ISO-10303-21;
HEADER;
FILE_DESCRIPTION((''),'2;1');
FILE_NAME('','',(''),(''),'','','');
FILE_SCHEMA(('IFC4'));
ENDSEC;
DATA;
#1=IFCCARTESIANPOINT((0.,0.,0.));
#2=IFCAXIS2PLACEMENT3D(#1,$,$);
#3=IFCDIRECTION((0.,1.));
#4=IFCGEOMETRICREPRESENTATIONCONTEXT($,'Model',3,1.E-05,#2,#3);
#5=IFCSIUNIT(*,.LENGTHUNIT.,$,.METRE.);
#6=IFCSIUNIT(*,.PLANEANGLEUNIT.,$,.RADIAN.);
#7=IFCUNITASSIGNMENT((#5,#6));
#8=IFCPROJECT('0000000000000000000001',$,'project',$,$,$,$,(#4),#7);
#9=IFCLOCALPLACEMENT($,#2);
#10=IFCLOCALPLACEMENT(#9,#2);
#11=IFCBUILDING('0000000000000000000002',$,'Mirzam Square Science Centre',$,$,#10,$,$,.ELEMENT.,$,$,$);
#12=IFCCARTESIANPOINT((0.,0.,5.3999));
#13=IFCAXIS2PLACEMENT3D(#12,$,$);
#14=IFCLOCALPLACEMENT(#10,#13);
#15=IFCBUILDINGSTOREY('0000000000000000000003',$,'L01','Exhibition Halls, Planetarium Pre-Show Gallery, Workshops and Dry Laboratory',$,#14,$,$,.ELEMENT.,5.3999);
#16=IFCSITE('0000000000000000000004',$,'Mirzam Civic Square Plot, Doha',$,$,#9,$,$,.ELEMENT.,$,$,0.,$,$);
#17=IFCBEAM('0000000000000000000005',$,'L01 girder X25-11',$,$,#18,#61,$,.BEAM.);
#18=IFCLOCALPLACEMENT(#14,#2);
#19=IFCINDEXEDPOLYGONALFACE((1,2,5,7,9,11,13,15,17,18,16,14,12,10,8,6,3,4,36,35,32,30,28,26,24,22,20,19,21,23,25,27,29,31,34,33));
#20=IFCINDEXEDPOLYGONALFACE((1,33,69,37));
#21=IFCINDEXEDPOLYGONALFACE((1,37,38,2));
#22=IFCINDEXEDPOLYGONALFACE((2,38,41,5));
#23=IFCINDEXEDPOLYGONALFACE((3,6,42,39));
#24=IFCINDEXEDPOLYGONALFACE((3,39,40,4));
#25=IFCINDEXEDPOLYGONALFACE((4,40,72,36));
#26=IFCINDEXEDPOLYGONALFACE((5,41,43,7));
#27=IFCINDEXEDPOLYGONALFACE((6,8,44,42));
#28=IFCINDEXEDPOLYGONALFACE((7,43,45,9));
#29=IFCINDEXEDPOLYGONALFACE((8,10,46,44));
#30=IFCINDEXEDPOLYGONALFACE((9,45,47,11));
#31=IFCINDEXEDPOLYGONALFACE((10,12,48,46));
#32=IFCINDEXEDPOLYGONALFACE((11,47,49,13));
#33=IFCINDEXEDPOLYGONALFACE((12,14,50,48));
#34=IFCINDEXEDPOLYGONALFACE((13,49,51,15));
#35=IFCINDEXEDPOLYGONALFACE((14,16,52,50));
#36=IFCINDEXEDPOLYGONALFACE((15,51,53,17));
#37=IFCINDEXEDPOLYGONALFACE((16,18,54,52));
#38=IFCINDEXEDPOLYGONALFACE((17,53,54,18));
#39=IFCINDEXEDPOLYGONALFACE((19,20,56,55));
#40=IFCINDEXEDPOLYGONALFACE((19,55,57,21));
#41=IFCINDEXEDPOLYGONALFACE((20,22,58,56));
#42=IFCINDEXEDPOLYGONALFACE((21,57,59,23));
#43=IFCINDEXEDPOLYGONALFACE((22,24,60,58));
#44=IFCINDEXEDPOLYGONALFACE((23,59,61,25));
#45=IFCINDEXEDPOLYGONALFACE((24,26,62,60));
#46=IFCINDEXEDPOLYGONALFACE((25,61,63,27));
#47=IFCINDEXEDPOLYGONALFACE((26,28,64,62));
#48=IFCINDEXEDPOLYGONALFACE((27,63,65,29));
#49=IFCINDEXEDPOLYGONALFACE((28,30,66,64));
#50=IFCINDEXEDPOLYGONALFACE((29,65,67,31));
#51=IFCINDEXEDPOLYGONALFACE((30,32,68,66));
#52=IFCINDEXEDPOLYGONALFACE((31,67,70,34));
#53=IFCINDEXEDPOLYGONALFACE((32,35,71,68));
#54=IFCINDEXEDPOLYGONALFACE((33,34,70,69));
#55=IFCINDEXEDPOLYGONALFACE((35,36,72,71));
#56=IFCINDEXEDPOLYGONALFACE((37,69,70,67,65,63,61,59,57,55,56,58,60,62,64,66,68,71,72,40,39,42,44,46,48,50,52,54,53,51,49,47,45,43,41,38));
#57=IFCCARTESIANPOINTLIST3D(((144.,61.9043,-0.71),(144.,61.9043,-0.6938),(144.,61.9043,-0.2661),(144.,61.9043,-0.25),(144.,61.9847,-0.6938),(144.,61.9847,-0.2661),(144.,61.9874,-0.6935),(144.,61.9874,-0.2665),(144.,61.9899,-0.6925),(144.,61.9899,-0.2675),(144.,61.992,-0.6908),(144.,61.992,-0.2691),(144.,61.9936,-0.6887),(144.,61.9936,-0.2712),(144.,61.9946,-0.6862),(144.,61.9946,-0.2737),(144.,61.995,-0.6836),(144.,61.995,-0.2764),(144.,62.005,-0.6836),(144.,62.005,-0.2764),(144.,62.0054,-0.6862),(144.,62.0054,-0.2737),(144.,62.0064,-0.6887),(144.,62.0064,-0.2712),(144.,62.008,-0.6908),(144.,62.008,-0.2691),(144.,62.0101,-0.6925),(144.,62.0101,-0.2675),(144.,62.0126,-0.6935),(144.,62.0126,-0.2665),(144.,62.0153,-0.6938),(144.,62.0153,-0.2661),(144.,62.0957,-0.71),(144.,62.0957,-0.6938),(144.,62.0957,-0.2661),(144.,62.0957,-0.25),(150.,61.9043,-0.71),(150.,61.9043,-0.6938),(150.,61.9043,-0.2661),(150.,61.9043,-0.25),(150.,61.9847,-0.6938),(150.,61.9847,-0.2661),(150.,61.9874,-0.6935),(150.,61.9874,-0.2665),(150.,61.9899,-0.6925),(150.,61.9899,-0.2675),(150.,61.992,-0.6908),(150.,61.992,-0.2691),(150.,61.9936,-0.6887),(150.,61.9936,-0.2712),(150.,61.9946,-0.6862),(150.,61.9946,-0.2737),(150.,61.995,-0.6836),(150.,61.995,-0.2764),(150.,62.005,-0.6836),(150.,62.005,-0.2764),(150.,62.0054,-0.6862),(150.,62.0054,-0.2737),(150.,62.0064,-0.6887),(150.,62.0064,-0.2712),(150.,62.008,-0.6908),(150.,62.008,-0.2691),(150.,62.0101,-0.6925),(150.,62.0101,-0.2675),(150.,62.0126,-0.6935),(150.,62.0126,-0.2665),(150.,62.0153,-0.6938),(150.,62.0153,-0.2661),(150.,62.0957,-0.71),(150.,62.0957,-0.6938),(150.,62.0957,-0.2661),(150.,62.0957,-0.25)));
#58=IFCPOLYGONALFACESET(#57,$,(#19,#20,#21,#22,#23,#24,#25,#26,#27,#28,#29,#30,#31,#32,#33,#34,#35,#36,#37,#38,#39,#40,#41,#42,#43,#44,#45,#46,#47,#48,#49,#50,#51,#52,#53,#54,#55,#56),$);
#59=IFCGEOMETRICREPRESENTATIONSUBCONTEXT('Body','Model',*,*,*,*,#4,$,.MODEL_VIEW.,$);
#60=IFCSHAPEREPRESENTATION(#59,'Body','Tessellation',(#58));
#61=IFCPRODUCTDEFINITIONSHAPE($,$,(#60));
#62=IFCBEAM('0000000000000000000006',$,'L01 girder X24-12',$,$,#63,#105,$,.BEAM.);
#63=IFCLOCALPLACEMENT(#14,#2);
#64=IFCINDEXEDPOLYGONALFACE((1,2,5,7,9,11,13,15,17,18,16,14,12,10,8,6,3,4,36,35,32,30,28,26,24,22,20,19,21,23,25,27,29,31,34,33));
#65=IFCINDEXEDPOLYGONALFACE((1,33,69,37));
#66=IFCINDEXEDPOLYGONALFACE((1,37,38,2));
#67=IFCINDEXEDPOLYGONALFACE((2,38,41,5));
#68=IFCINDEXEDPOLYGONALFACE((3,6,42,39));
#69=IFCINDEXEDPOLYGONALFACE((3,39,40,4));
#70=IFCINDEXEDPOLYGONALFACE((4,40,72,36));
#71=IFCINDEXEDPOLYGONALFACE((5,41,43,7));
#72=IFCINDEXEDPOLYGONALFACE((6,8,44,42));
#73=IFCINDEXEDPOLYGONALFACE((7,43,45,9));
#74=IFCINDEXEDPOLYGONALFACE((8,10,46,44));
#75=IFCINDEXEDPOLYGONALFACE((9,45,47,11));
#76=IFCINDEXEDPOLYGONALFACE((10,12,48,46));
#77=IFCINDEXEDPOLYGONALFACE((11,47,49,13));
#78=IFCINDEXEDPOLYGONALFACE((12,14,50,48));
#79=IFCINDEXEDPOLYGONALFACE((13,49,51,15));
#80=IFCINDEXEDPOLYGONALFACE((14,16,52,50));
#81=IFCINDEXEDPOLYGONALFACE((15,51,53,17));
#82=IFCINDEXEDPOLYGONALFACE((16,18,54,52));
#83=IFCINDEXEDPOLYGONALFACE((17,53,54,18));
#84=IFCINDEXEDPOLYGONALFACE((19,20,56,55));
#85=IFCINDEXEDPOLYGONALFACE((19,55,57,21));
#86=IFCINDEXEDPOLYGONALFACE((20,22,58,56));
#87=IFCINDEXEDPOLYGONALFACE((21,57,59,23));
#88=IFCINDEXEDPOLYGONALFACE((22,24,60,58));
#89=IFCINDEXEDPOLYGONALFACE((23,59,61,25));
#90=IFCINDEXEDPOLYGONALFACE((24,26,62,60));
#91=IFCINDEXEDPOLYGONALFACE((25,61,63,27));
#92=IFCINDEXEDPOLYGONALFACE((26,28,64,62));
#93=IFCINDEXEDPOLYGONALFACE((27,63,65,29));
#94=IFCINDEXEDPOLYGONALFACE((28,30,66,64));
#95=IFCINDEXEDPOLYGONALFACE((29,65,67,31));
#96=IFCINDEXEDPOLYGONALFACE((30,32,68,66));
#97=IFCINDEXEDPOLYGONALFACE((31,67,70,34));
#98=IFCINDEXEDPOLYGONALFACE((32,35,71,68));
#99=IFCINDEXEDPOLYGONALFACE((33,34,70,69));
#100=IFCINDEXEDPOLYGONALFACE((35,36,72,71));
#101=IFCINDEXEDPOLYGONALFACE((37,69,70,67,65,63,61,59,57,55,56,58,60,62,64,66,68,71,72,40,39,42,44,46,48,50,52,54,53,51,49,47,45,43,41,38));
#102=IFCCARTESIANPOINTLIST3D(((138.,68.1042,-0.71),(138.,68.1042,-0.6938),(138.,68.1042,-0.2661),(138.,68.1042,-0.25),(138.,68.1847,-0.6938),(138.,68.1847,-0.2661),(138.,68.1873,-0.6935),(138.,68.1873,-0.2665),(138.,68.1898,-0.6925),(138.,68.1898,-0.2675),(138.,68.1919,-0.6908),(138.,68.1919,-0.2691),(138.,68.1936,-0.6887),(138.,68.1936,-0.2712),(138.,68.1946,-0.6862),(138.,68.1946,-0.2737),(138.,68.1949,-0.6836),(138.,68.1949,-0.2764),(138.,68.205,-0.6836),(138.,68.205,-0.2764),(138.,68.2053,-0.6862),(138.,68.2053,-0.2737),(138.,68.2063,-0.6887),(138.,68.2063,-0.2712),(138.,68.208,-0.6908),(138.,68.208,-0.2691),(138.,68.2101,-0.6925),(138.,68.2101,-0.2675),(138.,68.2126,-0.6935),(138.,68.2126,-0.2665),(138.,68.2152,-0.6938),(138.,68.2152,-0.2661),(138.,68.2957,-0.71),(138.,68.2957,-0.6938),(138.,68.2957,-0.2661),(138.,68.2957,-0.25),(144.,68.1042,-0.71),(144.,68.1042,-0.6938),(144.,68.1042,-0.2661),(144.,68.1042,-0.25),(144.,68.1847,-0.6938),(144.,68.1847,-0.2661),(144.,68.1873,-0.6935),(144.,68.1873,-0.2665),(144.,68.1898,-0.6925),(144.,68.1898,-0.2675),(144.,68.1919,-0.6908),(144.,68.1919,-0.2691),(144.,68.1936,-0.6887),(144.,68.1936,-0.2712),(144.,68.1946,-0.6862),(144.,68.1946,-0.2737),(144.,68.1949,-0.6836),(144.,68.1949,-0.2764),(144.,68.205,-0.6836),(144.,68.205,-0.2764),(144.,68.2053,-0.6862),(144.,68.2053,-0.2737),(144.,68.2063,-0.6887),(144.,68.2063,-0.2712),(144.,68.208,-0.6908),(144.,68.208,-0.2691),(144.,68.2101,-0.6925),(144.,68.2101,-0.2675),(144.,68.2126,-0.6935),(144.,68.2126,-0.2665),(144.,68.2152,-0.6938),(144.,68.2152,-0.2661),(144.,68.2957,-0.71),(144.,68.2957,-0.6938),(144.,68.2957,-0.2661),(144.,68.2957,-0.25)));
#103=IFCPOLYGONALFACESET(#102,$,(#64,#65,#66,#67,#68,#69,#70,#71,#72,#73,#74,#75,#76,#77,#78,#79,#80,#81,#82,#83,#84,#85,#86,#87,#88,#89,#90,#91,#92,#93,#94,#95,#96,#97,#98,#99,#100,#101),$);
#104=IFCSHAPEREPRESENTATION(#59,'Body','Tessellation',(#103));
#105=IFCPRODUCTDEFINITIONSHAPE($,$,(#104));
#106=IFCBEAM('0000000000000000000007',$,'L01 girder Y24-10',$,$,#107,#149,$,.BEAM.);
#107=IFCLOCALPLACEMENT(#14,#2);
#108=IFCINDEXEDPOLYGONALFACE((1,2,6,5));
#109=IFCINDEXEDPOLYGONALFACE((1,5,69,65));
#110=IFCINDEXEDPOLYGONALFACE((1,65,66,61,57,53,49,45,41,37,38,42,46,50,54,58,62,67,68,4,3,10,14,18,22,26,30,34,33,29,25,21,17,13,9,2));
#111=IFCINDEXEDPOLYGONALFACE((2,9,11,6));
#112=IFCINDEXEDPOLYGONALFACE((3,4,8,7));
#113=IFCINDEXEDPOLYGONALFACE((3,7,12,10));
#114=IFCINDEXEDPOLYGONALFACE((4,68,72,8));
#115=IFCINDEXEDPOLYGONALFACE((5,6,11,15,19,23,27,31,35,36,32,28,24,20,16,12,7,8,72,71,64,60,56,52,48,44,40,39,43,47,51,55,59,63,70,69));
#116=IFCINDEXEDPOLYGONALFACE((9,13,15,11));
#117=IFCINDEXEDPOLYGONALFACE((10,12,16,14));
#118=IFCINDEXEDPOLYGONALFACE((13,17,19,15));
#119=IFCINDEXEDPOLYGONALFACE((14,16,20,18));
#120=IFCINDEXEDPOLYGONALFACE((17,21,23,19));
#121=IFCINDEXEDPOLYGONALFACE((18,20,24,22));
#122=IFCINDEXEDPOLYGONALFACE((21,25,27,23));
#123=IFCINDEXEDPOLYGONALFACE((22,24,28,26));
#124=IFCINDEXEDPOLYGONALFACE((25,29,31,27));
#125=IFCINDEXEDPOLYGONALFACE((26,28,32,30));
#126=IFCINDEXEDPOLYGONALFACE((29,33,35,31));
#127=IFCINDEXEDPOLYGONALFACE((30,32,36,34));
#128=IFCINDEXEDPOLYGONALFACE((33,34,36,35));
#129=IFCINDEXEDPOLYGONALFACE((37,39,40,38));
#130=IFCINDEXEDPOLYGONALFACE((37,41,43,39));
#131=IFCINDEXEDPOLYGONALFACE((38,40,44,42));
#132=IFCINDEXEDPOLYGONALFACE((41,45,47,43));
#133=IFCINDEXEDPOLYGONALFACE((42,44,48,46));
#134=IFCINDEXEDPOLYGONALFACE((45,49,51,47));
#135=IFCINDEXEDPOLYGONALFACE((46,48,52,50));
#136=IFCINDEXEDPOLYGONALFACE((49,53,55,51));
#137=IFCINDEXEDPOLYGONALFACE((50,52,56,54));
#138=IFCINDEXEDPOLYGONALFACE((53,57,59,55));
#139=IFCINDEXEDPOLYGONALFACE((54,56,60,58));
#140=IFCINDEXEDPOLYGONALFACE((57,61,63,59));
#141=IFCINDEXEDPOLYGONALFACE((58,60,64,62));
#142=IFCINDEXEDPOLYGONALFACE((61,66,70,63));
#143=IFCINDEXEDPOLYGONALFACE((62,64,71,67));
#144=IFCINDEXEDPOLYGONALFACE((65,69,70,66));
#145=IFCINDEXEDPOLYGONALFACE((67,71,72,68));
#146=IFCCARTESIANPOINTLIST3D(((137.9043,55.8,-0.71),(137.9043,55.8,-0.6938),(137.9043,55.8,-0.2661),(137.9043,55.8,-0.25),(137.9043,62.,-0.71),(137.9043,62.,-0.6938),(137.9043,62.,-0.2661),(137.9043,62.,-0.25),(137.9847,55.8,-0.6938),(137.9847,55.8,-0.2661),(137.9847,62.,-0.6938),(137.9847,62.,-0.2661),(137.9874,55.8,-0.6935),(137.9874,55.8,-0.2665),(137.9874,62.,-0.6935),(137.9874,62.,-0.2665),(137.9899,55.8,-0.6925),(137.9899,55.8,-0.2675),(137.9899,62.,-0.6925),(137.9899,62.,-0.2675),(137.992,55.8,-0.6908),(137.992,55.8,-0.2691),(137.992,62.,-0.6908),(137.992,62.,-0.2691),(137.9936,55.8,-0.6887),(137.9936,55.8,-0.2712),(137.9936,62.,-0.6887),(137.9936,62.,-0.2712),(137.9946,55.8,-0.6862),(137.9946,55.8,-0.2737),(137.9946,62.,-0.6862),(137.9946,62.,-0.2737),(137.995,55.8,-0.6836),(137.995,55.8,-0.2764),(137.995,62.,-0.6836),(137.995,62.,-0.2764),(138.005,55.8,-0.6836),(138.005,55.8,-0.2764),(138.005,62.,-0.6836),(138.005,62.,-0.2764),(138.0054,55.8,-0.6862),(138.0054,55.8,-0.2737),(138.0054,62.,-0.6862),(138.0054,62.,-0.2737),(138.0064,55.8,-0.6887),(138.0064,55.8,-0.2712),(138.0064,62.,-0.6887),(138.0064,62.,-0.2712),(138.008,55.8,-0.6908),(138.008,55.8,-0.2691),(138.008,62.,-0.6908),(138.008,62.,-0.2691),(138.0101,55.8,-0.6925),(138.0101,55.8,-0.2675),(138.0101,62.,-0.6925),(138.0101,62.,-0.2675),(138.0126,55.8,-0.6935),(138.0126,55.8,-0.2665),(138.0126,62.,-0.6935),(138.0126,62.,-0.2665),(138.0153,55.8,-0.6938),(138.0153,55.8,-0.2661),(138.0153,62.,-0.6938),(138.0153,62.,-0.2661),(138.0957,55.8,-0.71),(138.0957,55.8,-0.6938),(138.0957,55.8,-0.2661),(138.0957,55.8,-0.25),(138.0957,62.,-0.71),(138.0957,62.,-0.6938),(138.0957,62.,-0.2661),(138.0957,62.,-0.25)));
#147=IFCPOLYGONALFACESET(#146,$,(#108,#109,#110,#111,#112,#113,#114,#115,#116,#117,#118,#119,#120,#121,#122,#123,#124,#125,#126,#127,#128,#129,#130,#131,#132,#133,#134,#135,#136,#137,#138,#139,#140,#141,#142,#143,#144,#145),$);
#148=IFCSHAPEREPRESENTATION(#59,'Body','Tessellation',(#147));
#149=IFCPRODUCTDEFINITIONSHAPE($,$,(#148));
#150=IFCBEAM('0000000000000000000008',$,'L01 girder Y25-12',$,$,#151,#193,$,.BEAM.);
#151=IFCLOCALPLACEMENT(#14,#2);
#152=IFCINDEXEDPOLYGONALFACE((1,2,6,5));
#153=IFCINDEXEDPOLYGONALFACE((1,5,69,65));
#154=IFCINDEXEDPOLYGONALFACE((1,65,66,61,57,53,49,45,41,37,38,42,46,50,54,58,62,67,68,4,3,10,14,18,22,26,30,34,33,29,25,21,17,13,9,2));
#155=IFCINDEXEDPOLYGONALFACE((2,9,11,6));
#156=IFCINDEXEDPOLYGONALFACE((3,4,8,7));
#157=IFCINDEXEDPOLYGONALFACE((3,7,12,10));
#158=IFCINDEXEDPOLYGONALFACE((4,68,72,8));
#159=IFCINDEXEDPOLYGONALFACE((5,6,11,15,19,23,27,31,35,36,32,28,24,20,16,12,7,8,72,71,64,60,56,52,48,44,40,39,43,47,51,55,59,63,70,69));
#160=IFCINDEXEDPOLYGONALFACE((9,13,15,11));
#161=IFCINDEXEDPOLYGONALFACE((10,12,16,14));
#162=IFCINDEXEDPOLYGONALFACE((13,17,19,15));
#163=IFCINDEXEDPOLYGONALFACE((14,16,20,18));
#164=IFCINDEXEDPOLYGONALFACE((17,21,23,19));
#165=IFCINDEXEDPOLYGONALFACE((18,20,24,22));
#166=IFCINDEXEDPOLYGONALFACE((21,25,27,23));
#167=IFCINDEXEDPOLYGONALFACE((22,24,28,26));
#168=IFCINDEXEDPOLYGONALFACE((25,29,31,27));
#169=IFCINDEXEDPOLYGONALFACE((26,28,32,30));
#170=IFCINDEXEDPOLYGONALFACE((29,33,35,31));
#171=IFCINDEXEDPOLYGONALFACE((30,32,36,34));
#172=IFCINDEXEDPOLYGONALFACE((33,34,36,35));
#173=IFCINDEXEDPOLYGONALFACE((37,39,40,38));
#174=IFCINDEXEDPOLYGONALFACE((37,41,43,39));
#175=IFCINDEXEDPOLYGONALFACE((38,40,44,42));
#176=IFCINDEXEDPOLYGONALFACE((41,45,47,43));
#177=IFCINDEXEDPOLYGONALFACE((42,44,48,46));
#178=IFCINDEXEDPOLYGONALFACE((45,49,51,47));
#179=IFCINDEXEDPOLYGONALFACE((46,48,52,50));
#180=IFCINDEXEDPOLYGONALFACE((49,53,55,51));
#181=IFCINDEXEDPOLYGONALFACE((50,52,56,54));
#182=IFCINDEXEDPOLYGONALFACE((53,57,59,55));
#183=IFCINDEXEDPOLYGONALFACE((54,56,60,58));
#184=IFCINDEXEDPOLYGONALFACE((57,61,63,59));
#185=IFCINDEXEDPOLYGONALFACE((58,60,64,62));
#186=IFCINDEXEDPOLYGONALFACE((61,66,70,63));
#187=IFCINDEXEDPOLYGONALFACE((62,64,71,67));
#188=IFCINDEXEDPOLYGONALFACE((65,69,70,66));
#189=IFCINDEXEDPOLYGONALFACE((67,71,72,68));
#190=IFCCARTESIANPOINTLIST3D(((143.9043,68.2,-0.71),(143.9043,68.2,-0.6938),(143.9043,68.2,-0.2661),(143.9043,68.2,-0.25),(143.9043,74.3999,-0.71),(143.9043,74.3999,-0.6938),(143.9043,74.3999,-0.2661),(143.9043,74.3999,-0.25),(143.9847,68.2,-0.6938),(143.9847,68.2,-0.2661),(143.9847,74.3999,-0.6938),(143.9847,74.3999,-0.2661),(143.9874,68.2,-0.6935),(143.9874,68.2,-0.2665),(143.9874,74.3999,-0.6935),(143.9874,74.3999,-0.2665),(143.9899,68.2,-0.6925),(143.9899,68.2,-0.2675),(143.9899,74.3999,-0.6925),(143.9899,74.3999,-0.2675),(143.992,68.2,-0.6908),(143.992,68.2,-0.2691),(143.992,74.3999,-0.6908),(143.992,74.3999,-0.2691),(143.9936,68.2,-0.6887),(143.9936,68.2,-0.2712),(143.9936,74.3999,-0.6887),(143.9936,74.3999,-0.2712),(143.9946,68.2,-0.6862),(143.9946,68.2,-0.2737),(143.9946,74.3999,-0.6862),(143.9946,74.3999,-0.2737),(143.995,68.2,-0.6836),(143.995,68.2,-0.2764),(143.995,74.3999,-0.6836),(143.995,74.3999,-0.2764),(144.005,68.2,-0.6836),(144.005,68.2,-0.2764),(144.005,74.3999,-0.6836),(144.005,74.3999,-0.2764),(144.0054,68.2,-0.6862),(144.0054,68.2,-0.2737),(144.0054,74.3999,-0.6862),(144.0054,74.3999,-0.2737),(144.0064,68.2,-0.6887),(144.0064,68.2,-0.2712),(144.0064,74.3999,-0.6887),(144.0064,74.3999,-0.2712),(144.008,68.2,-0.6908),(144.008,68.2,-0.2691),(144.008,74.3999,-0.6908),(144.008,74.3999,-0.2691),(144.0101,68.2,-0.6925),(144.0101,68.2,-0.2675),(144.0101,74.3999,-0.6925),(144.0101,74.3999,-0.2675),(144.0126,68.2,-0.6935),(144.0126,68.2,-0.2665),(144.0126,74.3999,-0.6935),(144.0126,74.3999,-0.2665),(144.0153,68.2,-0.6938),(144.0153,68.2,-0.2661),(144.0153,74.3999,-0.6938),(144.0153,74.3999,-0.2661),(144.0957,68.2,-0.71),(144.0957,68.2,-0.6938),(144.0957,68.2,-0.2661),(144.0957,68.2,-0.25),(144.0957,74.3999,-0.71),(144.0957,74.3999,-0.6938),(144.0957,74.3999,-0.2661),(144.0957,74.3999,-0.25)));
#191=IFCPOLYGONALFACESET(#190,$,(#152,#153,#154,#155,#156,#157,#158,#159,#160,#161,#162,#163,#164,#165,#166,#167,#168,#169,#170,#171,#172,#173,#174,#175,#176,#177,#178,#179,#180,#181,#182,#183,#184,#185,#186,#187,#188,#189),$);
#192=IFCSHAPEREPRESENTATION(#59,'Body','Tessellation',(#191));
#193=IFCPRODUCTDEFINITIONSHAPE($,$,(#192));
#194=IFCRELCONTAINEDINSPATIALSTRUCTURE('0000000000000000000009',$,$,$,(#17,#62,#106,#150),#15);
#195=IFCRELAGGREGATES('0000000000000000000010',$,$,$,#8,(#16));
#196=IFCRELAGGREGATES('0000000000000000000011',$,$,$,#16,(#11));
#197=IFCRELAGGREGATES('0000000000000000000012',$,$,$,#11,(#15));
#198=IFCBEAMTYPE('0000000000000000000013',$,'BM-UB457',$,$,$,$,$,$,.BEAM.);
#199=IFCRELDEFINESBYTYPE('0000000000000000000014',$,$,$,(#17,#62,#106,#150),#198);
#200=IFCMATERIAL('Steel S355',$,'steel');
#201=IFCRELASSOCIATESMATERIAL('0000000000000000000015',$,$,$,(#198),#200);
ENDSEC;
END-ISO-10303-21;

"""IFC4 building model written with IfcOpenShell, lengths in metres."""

from ifc_helpers import new_model, si_unit, direction, frame, origin, origin_2d, place, context, subcontext, project, spatial, i_section, extrude, material, material_profile, profile_set, type_object, element, save


model = new_model("IFC4")

# Units and contexts
model_context = context("Model", 3, precision=1e-05, world=origin(), true_north=direction((0.0, 1.0)))
body_context = subcontext(model_context, "Body", "Model", "MODEL_VIEW")
ifc_project = project(units=[si_unit("LENGTHUNIT", "METRE"), si_unit("PLANEANGLEUNIT", "RADIAN")], contexts=[model_context])

# Site, building, storey
site_placement = place(None, origin())
site = spatial("IfcSite", under=ifc_project, at=site_placement, Name="Mirzam Civic Square Plot, Doha", CompositionType="ELEMENT", RefElevation=0.0)
building_placement = place(site_placement, origin())
building = spatial("IfcBuilding", under=site, at=building_placement, Name="Mirzam Square Science Centre", CompositionType="ELEMENT")
storey_placement = place(building_placement, frame((0.0, 0.0, 5.3999)))
storey = spatial("IfcBuildingStorey", under=building, at=storey_placement, Name="L01", Description="Exhibition Halls, Planetarium Pre-Show Gallery, Workshops and Dry Laboratory", CompositionType="ELEMENT", Elevation=5.3999)

# Shared definitions
ifc_material = material(Name="Steel S355", Category="steel")

# Beams
ifc_material_profile_1 = material_profile(ifc_material, i_section(OverallWidth=0.1914, OverallDepth=0.46, WebThickness=0.01, FlangeThickness=0.0161, FilletRadius=0.0103, at=origin_2d()), Name="457x191x82UB")
ifc_profile_set_1 = profile_set([ifc_material_profile_1], Name="Steel S355")
beam_type_1 = type_object("IfcBeamType", Name="BM-UB457", PredefinedType="BEAM", material=ifc_profile_set_1)
for number, where, z_axis, x_axis, name in (
    (1, (144.0, 62.0, -0.48), (1.0, 0.0, 0.0), (0.0, 1.0, 0.0), "L01 girder X25-11"),
    (2, (138.0, 68.2, -0.48), (1.0, 0.0, 0.0), (0.0, 1.0, 0.0), "L01 girder X24-12"),
):
    element("IfcBeam", number, at=place(storey_placement, frame(where, z_axis=z_axis, x_axis=x_axis)), inside=storey, type_object=beam_type_1, Name=name, PredefinedType="BEAM", context=body_context, shape_type="SweptSolid", body=[
        extrude(i_section(OverallWidth=0.1914, OverallDepth=0.46, WebThickness=0.01, FlangeThickness=0.0161, FilletRadius=0.0103, at=origin_2d()), origin(), (0.0, 0.0, 1.0), 6.0),
    ])
for number, where, z_axis, x_axis, name in (
    (3, (138.0, 55.8, -0.48), (0.0, 1.0, 0.0), (-1.0, 0.0, 0.0), "L01 girder Y24-10"),
    (4, (144.0, 68.2, -0.48), (0.0, 1.0, 0.0), (-1.0, 0.0, 0.0), "L01 girder Y25-12"),
):
    element("IfcBeam", number, at=place(storey_placement, frame(where, z_axis=z_axis, x_axis=x_axis)), inside=storey, type_object=beam_type_1, Name=name, PredefinedType="BEAM", context=body_context, shape_type="SweptSolid", body=[
        extrude(i_section(OverallWidth=0.1914, OverallDepth=0.46, WebThickness=0.01, FlangeThickness=0.0161, FilletRadius=0.0103, at=origin_2d()), origin(), (0.0, 0.0, 1.0), 6.2),
    ])

save(model, "model.ifc")
